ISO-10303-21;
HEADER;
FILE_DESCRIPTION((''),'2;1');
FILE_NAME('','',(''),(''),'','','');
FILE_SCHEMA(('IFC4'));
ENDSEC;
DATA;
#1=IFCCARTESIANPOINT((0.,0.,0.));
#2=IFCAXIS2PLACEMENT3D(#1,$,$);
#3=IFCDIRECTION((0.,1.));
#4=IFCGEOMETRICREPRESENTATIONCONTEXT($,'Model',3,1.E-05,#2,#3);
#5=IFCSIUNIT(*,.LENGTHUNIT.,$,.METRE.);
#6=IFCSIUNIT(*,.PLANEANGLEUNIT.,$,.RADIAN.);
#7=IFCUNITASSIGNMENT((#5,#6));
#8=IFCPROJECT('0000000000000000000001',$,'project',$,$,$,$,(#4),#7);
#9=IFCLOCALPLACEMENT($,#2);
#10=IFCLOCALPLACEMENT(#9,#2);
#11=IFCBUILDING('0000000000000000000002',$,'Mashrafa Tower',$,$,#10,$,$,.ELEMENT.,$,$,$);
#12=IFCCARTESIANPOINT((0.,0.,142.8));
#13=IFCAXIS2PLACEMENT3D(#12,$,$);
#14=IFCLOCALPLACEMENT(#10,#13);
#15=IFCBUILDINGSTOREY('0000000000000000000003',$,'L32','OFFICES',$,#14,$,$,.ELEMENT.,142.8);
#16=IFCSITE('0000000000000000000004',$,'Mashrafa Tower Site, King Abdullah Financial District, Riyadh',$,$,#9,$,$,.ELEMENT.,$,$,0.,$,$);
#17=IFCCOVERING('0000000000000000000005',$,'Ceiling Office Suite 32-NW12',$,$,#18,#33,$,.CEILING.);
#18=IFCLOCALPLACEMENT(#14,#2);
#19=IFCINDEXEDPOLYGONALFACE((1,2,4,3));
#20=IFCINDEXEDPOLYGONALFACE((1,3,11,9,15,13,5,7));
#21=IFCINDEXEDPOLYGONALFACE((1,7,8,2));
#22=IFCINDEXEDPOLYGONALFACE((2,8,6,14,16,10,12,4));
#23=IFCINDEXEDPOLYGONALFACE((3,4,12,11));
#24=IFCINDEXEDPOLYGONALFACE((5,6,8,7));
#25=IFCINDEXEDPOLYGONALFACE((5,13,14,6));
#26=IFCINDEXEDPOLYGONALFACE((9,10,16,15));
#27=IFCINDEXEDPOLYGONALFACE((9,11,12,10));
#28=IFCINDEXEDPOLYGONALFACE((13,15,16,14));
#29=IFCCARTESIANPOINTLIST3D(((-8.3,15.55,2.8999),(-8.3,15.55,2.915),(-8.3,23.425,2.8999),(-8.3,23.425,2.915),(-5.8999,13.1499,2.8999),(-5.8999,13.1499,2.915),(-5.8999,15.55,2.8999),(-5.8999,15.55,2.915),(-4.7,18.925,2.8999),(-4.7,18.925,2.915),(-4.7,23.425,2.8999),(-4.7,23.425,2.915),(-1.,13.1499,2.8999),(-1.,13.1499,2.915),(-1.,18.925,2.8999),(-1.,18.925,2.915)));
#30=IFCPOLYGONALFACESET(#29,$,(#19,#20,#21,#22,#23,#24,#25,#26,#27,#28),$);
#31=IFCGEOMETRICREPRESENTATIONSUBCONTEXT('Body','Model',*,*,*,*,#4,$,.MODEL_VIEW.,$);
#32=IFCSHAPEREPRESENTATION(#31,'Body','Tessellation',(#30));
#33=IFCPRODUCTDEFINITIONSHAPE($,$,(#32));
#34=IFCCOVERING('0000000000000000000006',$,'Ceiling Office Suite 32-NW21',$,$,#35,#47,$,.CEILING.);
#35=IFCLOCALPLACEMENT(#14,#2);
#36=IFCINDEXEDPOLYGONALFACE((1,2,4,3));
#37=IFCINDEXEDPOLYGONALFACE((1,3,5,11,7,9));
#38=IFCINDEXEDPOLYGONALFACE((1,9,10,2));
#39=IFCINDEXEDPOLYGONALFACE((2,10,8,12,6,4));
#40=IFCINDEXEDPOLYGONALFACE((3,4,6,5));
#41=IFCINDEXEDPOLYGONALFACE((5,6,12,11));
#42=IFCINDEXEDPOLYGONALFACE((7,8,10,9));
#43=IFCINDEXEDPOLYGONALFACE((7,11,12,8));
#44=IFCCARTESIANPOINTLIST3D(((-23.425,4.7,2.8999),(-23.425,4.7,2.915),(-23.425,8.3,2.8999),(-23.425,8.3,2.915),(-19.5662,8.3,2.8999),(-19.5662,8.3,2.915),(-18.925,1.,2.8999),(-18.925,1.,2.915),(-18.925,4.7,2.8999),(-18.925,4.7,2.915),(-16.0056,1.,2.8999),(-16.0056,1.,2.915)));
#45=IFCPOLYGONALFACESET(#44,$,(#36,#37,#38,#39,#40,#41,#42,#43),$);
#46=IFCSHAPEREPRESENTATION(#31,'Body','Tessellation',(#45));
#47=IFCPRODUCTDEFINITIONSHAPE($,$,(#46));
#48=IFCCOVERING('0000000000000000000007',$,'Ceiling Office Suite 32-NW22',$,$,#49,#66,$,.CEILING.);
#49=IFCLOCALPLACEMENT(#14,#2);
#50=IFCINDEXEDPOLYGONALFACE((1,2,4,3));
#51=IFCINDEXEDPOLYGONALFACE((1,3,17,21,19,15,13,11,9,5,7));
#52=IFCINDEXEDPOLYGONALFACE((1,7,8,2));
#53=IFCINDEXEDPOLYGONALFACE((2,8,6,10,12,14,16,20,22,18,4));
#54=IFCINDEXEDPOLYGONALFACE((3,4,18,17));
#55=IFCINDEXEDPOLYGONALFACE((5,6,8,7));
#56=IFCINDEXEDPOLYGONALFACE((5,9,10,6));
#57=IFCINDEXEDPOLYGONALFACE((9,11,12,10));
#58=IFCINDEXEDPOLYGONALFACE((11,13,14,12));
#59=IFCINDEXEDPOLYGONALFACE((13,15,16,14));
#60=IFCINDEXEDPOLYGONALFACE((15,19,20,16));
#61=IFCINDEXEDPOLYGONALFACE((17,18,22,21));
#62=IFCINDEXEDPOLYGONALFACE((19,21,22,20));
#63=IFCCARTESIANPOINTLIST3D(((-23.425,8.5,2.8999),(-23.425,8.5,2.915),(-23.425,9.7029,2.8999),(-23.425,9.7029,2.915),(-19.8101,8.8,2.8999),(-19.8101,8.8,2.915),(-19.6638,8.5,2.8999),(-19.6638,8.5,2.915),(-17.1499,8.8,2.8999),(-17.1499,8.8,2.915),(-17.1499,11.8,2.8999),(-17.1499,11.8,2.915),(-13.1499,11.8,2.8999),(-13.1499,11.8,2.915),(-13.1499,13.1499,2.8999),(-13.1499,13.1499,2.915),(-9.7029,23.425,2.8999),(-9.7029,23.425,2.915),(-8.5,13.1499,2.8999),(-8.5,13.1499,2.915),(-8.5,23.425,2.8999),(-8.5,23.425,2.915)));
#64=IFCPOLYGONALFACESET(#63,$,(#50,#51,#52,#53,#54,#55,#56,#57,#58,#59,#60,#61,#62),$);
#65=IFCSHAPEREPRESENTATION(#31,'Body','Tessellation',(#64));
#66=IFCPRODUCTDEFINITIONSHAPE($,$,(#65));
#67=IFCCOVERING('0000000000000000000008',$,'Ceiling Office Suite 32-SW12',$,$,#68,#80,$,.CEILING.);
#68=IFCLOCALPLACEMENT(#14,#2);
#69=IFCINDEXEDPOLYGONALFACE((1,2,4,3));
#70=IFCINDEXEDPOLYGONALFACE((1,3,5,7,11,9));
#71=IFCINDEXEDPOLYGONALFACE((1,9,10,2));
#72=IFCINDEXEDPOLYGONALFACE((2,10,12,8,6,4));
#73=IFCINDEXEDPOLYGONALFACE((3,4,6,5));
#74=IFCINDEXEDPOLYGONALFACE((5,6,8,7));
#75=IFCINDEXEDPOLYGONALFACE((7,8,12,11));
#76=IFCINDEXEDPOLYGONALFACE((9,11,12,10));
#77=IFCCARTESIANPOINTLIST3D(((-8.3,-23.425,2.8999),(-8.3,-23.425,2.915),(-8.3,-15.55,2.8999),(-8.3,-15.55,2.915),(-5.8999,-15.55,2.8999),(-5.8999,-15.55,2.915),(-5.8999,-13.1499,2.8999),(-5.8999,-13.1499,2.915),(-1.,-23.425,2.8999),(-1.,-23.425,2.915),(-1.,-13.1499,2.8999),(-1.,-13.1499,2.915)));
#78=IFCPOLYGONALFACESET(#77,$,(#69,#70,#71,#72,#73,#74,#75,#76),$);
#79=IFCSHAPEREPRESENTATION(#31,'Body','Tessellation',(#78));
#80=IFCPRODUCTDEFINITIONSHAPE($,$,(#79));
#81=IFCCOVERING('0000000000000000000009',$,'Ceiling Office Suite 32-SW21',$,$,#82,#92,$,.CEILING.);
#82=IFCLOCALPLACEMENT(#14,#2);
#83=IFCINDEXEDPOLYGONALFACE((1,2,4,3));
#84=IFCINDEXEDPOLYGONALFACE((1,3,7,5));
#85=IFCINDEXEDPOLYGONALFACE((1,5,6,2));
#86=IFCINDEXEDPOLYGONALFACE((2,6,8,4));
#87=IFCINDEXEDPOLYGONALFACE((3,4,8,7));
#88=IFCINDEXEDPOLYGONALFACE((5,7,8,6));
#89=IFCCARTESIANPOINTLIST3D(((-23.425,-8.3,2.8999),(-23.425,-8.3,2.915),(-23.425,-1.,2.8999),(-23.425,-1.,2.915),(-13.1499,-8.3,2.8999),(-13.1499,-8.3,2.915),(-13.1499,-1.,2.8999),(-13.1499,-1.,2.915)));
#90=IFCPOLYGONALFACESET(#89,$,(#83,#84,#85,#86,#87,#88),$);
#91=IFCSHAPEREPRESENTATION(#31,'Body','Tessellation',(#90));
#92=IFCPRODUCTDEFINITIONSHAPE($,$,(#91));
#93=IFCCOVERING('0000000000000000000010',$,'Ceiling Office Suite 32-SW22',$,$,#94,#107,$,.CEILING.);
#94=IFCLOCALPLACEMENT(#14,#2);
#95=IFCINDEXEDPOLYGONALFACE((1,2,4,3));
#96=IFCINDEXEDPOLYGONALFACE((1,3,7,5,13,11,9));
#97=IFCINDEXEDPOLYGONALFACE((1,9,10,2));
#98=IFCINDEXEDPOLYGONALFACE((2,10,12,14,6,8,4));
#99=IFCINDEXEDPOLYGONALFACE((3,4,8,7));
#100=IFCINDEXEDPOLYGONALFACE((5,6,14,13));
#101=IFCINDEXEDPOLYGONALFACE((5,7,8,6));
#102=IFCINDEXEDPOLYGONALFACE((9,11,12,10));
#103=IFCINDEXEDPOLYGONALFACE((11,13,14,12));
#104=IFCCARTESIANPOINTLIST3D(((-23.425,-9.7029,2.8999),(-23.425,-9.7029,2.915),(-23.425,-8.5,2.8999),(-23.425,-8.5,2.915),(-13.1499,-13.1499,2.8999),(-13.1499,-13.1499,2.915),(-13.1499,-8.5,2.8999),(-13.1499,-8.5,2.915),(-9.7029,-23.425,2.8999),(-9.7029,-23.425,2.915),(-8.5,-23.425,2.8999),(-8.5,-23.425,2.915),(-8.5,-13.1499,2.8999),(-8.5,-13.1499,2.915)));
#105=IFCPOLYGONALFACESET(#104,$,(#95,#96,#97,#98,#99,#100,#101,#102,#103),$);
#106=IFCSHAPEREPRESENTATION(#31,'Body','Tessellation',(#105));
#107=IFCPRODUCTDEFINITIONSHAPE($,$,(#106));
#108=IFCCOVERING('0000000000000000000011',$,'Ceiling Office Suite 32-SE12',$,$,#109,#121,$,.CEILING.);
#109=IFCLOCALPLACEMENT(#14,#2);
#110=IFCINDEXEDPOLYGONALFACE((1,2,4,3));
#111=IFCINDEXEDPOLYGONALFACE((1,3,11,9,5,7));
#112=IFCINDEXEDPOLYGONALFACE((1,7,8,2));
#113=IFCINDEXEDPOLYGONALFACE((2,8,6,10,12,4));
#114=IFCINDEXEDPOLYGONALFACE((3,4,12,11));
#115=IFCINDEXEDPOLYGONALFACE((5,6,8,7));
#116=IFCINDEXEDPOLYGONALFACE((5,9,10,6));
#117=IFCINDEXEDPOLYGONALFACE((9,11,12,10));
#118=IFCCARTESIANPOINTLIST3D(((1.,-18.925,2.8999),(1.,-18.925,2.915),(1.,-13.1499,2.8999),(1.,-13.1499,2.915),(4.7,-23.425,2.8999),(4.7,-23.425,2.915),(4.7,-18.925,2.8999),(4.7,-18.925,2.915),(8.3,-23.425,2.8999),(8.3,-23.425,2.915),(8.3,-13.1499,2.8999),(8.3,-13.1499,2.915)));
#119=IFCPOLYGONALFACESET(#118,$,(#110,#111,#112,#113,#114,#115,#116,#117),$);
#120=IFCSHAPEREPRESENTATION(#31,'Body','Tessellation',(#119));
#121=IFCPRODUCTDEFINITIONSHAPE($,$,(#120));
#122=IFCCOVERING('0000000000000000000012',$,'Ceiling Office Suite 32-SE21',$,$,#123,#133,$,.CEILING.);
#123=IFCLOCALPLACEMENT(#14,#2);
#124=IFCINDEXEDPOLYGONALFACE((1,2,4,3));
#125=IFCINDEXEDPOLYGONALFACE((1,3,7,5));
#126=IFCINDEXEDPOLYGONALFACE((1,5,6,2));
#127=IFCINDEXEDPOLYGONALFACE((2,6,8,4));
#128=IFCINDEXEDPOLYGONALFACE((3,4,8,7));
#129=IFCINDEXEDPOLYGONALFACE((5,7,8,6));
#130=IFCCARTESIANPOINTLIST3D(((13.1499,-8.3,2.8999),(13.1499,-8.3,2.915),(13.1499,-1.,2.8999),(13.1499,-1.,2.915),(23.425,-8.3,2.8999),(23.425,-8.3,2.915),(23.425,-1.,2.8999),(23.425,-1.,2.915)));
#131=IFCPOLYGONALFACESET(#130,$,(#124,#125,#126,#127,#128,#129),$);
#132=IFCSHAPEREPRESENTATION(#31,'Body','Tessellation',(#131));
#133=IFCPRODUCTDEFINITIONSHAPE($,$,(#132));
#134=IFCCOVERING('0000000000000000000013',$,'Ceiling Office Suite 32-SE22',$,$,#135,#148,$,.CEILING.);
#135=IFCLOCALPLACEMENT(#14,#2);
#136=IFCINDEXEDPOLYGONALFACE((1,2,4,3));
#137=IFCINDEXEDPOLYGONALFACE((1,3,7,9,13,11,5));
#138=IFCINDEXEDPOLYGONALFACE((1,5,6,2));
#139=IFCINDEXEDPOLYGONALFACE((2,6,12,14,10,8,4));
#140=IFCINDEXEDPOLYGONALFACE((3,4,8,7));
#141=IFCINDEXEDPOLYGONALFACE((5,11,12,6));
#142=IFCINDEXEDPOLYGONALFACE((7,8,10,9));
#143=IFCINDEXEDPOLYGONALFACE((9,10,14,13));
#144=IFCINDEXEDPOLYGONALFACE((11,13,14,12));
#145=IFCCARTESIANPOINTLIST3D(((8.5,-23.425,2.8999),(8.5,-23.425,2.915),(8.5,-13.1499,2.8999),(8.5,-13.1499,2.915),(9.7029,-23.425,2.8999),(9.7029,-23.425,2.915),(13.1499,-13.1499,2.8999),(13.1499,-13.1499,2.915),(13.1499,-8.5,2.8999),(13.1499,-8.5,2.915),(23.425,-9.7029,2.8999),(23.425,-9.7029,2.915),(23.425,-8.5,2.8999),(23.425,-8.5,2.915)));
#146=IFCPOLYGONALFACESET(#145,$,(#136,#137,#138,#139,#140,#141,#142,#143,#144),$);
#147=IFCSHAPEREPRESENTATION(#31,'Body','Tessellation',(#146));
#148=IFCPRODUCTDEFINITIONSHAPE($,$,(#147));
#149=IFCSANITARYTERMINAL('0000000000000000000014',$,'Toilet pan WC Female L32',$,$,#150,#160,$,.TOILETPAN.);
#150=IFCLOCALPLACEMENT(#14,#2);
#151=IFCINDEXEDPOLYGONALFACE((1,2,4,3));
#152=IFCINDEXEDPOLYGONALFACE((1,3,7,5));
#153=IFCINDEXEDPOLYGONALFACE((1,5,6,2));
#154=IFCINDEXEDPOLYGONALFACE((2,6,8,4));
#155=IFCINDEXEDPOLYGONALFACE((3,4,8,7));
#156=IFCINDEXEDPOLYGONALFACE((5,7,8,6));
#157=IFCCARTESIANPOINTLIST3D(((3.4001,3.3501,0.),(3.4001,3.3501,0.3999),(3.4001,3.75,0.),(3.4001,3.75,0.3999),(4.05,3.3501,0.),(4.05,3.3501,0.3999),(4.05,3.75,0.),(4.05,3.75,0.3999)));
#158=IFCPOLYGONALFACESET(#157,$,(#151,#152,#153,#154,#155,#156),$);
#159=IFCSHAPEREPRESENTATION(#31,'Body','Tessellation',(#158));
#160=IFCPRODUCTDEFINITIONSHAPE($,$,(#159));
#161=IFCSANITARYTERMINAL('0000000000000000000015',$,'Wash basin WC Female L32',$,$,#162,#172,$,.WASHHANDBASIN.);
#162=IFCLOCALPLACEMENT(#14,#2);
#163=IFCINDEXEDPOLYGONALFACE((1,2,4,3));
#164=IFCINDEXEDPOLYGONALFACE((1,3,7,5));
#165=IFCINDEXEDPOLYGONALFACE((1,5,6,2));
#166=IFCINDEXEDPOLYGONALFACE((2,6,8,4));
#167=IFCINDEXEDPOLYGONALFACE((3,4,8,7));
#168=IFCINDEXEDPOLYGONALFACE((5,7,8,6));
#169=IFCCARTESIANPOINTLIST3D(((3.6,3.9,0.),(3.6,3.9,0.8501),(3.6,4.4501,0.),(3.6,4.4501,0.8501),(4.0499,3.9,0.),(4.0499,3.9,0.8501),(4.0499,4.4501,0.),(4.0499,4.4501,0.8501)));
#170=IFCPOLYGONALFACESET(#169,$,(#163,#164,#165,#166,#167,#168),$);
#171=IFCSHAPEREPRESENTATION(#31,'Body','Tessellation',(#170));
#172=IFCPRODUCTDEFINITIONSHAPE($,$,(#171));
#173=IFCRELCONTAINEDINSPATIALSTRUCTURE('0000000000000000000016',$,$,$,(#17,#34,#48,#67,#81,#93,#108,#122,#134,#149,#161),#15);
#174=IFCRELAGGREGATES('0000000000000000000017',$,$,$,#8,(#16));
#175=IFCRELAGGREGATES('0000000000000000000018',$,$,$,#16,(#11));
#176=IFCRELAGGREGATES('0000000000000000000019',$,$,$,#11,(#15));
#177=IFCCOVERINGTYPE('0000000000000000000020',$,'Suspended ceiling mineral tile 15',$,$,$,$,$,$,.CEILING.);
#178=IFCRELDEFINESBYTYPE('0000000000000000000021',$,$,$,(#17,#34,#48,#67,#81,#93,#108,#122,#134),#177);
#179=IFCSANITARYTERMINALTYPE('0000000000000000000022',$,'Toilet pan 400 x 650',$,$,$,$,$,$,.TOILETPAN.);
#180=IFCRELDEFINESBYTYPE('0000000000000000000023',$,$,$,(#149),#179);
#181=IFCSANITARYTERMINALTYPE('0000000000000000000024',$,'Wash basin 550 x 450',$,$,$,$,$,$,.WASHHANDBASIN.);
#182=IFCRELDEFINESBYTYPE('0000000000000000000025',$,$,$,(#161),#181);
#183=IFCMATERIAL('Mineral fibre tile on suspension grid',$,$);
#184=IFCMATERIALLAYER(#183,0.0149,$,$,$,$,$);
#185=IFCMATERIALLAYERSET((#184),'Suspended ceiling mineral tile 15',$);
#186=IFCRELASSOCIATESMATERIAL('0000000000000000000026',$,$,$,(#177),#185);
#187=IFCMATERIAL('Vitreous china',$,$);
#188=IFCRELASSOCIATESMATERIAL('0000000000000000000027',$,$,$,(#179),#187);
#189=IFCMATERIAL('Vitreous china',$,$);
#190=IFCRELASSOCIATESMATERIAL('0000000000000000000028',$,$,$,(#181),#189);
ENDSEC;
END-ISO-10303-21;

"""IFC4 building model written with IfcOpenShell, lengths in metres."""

from ifc_helpers import new_model, si_unit, direction, frame, origin, origin_2d, place, context, subcontext, project, spatial, polyline, rectangle, outline, extrude, material, layer, layer_set, type_object, element, save


model = new_model("IFC4")

# Units and contexts
model_context = context("Model", 3, precision=1e-05, world=origin(), true_north=direction((0.0, 1.0)))
body_context = subcontext(model_context, "Body", "Model", "MODEL_VIEW")
ifc_project = project(units=[si_unit("LENGTHUNIT", "METRE"), si_unit("PLANEANGLEUNIT", "RADIAN")], contexts=[model_context])

# Site, building, storey
site_placement = place(None, origin())
site = spatial("IfcSite", under=ifc_project, at=site_placement, Name="Mashrafa Tower Site, King Abdullah Financial District, Riyadh", CompositionType="ELEMENT", RefElevation=0.0)
building_placement = place(site_placement, origin())
building = spatial("IfcBuilding", under=site, at=building_placement, Name="Mashrafa Tower", CompositionType="ELEMENT")
storey_placement = place(building_placement, frame((0.0, 0.0, 142.8)))
storey = spatial("IfcBuildingStorey", under=building, at=storey_placement, Name="L32", Description="OFFICES", CompositionType="ELEMENT", Elevation=142.8)

# Coverings
ifc_material_1 = material(Name="Mineral fibre tile on suspension grid")
ifc_layer_1 = layer(ifc_material_1, 0.0149)
ifc_layer_set_1 = layer_set([ifc_layer_1], Name="Suspended ceiling mineral tile 15")
covering_type = type_object("IfcCoveringType", Name="Suspended ceiling mineral tile 15", PredefinedType="CEILING", material=ifc_layer_set_1)
covering_1_placement = place(storey_placement, frame((0.0, 0.0, 2.8999)))
element("IfcCovering", 1, at=covering_1_placement, inside=storey, type_object=covering_type, Name="Ceiling Office Suite 32-NW12", PredefinedType="CEILING", context=body_context, shape_type="SweptSolid", body=[
    extrude(outline(polyline([(-8.3, 15.55), (-8.3, 23.425), (-4.7, 23.425), (-4.7, 18.925), (-1.0, 18.925), (-1.0, 13.1499), (-5.8999, 13.1499), (-5.8999, 15.55), (-8.3, 15.55)])), origin(), (0.0, 0.0, 1.0), 0.0151),
])
covering_2_placement = place(storey_placement, frame((0.0, 0.0, 2.8999)))
element("IfcCovering", 2, at=covering_2_placement, inside=storey, type_object=covering_type, Name="Ceiling Office Suite 32-NW21", PredefinedType="CEILING", context=body_context, shape_type="SweptSolid", body=[
    extrude(outline(polyline([(-23.425, 4.7), (-23.425, 8.3), (-19.5662, 8.3), (-16.0056, 1.0), (-18.925, 1.0), (-18.925, 4.7), (-23.425, 4.7)])), origin(), (0.0, 0.0, 1.0), 0.0151),
])
covering_3_placement = place(storey_placement, frame((0.0, 0.0, 2.8999)))
element("IfcCovering", 3, at=covering_3_placement, inside=storey, type_object=covering_type, Name="Ceiling Office Suite 32-NW22", PredefinedType="CEILING", context=body_context, shape_type="SweptSolid", body=[
    extrude(outline(polyline([(-19.6638, 8.5), (-23.425, 8.5), (-23.425, 9.7029), (-9.7029, 23.425), (-8.5, 23.425), (-8.5, 13.1499), (-13.1499, 13.1499), (-13.1499, 11.8), (-17.1499, 11.8), (-17.1499, 8.8), (-19.8101, 8.8), (-19.6638, 8.5)])), origin(), (0.0, 0.0, 1.0), 0.0151),
])
covering_4_placement = place(storey_placement, frame((0.0, 0.0, 2.8999)))
element("IfcCovering", 4, at=covering_4_placement, inside=storey, type_object=covering_type, Name="Ceiling Office Suite 32-SW12", PredefinedType="CEILING", context=body_context, shape_type="SweptSolid", body=[
    extrude(outline(polyline([(-1.0, -23.425), (-8.3, -23.425), (-8.3, -15.55), (-5.8999, -15.55), (-5.8999, -13.1499), (-1.0, -13.1499), (-1.0, -23.425)])), origin(), (0.0, 0.0, 1.0), 0.0151),
])
covering_5_placement = place(storey_placement, frame((0.0, 0.0, 2.8999)))
element("IfcCovering", 5, at=covering_5_placement, inside=storey, type_object=covering_type, Name="Ceiling Office Suite 32-SW21", PredefinedType="CEILING", context=body_context, shape_type="SweptSolid", body=[
    extrude(outline(polyline([(-13.1499, -8.3), (-23.425, -8.3), (-23.425, -1.0), (-13.1499, -1.0), (-13.1499, -8.3)])), origin(), (0.0, 0.0, 1.0), 0.0151),
])
covering_6_placement = place(storey_placement, frame((0.0, 0.0, 2.8999)))
element("IfcCovering", 6, at=covering_6_placement, inside=storey, type_object=covering_type, Name="Ceiling Office Suite 32-SW22", PredefinedType="CEILING", context=body_context, shape_type="SweptSolid", body=[
    extrude(outline(polyline([(-13.1499, -13.1499), (-8.5, -13.1499), (-8.5, -23.425), (-9.7029, -23.425), (-23.425, -9.7029), (-23.425, -8.5), (-13.1499, -8.5), (-13.1499, -13.1499)])), origin(), (0.0, 0.0, 1.0), 0.0151),
])
covering_7_placement = place(storey_placement, frame((0.0, 0.0, 2.8999)))
element("IfcCovering", 7, at=covering_7_placement, inside=storey, type_object=covering_type, Name="Ceiling Office Suite 32-SE12", PredefinedType="CEILING", context=body_context, shape_type="SweptSolid", body=[
    extrude(outline(polyline([(8.3, -13.1499), (8.3, -23.425), (4.7, -23.425), (4.7, -18.925), (1.0, -18.925), (1.0, -13.1499), (8.3, -13.1499)])), origin(), (0.0, 0.0, 1.0), 0.0151),
])
covering_8_placement = place(storey_placement, frame((0.0, 0.0, 2.8999)))
element("IfcCovering", 8, at=covering_8_placement, inside=storey, type_object=covering_type, Name="Ceiling Office Suite 32-SE21", PredefinedType="CEILING", context=body_context, shape_type="SweptSolid", body=[
    extrude(outline(polyline([(23.425, -1.0), (23.425, -8.3), (13.1499, -8.3), (13.1499, -1.0), (23.425, -1.0)])), origin(), (0.0, 0.0, 1.0), 0.0151),
])
covering_9_placement = place(storey_placement, frame((0.0, 0.0, 2.8999)))
element("IfcCovering", 9, at=covering_9_placement, inside=storey, type_object=covering_type, Name="Ceiling Office Suite 32-SE22", PredefinedType="CEILING", context=body_context, shape_type="SweptSolid", body=[
    extrude(outline(polyline([(13.1499, -8.5), (23.425, -8.5), (23.425, -9.7029), (9.7029, -23.425), (8.5, -23.425), (8.5, -13.1499), (13.1499, -13.1499), (13.1499, -8.5)])), origin(), (0.0, 0.0, 1.0), 0.0151),
])

# Sanitary terminals
ifc_material_2 = material(Name="Vitreous china")
sanitary_terminal_type_1 = type_object("IfcSanitaryTerminalType", Name="Toilet pan 400 x 650", PredefinedType="TOILETPAN", material=ifc_material_2)
sanitary_terminal_1_placement = place(storey_placement, frame((3.7251, 3.55, 0.0), z_axis=(0.0, 0.0, 1.0), x_axis=(0.0, 1.0, 0.0)))
element("IfcSanitaryTerminal", 10, at=sanitary_terminal_1_placement, inside=storey, type_object=sanitary_terminal_type_1, Name="Toilet pan WC Female L32", PredefinedType="TOILETPAN", context=body_context, shape_type="SweptSolid", body=[
    extrude(rectangle(XDim=0.3999, YDim=0.6499, at=origin_2d()), origin(), (0.0, 0.0, 1.0), 0.3999),
])
ifc_material_3 = material(Name="Vitreous china")
sanitary_terminal_type_2 = type_object("IfcSanitaryTerminalType", Name="Wash basin 550 x 450", PredefinedType="WASHHANDBASIN", material=ifc_material_3)
sanitary_terminal_2_placement = place(storey_placement, frame((3.825, 4.175, 0.0), z_axis=(0.0, 0.0, 1.0), x_axis=(0.0, 1.0, 0.0)))
element("IfcSanitaryTerminal", 11, at=sanitary_terminal_2_placement, inside=storey, type_object=sanitary_terminal_type_2, Name="Wash basin WC Female L32", PredefinedType="WASHHANDBASIN", context=body_context, shape_type="SweptSolid", body=[
    extrude(rectangle(XDim=0.55, YDim=0.45, at=origin_2d()), origin(), (0.0, 0.0, 1.0), 0.8501),
])

save(model, "model.ifc")
